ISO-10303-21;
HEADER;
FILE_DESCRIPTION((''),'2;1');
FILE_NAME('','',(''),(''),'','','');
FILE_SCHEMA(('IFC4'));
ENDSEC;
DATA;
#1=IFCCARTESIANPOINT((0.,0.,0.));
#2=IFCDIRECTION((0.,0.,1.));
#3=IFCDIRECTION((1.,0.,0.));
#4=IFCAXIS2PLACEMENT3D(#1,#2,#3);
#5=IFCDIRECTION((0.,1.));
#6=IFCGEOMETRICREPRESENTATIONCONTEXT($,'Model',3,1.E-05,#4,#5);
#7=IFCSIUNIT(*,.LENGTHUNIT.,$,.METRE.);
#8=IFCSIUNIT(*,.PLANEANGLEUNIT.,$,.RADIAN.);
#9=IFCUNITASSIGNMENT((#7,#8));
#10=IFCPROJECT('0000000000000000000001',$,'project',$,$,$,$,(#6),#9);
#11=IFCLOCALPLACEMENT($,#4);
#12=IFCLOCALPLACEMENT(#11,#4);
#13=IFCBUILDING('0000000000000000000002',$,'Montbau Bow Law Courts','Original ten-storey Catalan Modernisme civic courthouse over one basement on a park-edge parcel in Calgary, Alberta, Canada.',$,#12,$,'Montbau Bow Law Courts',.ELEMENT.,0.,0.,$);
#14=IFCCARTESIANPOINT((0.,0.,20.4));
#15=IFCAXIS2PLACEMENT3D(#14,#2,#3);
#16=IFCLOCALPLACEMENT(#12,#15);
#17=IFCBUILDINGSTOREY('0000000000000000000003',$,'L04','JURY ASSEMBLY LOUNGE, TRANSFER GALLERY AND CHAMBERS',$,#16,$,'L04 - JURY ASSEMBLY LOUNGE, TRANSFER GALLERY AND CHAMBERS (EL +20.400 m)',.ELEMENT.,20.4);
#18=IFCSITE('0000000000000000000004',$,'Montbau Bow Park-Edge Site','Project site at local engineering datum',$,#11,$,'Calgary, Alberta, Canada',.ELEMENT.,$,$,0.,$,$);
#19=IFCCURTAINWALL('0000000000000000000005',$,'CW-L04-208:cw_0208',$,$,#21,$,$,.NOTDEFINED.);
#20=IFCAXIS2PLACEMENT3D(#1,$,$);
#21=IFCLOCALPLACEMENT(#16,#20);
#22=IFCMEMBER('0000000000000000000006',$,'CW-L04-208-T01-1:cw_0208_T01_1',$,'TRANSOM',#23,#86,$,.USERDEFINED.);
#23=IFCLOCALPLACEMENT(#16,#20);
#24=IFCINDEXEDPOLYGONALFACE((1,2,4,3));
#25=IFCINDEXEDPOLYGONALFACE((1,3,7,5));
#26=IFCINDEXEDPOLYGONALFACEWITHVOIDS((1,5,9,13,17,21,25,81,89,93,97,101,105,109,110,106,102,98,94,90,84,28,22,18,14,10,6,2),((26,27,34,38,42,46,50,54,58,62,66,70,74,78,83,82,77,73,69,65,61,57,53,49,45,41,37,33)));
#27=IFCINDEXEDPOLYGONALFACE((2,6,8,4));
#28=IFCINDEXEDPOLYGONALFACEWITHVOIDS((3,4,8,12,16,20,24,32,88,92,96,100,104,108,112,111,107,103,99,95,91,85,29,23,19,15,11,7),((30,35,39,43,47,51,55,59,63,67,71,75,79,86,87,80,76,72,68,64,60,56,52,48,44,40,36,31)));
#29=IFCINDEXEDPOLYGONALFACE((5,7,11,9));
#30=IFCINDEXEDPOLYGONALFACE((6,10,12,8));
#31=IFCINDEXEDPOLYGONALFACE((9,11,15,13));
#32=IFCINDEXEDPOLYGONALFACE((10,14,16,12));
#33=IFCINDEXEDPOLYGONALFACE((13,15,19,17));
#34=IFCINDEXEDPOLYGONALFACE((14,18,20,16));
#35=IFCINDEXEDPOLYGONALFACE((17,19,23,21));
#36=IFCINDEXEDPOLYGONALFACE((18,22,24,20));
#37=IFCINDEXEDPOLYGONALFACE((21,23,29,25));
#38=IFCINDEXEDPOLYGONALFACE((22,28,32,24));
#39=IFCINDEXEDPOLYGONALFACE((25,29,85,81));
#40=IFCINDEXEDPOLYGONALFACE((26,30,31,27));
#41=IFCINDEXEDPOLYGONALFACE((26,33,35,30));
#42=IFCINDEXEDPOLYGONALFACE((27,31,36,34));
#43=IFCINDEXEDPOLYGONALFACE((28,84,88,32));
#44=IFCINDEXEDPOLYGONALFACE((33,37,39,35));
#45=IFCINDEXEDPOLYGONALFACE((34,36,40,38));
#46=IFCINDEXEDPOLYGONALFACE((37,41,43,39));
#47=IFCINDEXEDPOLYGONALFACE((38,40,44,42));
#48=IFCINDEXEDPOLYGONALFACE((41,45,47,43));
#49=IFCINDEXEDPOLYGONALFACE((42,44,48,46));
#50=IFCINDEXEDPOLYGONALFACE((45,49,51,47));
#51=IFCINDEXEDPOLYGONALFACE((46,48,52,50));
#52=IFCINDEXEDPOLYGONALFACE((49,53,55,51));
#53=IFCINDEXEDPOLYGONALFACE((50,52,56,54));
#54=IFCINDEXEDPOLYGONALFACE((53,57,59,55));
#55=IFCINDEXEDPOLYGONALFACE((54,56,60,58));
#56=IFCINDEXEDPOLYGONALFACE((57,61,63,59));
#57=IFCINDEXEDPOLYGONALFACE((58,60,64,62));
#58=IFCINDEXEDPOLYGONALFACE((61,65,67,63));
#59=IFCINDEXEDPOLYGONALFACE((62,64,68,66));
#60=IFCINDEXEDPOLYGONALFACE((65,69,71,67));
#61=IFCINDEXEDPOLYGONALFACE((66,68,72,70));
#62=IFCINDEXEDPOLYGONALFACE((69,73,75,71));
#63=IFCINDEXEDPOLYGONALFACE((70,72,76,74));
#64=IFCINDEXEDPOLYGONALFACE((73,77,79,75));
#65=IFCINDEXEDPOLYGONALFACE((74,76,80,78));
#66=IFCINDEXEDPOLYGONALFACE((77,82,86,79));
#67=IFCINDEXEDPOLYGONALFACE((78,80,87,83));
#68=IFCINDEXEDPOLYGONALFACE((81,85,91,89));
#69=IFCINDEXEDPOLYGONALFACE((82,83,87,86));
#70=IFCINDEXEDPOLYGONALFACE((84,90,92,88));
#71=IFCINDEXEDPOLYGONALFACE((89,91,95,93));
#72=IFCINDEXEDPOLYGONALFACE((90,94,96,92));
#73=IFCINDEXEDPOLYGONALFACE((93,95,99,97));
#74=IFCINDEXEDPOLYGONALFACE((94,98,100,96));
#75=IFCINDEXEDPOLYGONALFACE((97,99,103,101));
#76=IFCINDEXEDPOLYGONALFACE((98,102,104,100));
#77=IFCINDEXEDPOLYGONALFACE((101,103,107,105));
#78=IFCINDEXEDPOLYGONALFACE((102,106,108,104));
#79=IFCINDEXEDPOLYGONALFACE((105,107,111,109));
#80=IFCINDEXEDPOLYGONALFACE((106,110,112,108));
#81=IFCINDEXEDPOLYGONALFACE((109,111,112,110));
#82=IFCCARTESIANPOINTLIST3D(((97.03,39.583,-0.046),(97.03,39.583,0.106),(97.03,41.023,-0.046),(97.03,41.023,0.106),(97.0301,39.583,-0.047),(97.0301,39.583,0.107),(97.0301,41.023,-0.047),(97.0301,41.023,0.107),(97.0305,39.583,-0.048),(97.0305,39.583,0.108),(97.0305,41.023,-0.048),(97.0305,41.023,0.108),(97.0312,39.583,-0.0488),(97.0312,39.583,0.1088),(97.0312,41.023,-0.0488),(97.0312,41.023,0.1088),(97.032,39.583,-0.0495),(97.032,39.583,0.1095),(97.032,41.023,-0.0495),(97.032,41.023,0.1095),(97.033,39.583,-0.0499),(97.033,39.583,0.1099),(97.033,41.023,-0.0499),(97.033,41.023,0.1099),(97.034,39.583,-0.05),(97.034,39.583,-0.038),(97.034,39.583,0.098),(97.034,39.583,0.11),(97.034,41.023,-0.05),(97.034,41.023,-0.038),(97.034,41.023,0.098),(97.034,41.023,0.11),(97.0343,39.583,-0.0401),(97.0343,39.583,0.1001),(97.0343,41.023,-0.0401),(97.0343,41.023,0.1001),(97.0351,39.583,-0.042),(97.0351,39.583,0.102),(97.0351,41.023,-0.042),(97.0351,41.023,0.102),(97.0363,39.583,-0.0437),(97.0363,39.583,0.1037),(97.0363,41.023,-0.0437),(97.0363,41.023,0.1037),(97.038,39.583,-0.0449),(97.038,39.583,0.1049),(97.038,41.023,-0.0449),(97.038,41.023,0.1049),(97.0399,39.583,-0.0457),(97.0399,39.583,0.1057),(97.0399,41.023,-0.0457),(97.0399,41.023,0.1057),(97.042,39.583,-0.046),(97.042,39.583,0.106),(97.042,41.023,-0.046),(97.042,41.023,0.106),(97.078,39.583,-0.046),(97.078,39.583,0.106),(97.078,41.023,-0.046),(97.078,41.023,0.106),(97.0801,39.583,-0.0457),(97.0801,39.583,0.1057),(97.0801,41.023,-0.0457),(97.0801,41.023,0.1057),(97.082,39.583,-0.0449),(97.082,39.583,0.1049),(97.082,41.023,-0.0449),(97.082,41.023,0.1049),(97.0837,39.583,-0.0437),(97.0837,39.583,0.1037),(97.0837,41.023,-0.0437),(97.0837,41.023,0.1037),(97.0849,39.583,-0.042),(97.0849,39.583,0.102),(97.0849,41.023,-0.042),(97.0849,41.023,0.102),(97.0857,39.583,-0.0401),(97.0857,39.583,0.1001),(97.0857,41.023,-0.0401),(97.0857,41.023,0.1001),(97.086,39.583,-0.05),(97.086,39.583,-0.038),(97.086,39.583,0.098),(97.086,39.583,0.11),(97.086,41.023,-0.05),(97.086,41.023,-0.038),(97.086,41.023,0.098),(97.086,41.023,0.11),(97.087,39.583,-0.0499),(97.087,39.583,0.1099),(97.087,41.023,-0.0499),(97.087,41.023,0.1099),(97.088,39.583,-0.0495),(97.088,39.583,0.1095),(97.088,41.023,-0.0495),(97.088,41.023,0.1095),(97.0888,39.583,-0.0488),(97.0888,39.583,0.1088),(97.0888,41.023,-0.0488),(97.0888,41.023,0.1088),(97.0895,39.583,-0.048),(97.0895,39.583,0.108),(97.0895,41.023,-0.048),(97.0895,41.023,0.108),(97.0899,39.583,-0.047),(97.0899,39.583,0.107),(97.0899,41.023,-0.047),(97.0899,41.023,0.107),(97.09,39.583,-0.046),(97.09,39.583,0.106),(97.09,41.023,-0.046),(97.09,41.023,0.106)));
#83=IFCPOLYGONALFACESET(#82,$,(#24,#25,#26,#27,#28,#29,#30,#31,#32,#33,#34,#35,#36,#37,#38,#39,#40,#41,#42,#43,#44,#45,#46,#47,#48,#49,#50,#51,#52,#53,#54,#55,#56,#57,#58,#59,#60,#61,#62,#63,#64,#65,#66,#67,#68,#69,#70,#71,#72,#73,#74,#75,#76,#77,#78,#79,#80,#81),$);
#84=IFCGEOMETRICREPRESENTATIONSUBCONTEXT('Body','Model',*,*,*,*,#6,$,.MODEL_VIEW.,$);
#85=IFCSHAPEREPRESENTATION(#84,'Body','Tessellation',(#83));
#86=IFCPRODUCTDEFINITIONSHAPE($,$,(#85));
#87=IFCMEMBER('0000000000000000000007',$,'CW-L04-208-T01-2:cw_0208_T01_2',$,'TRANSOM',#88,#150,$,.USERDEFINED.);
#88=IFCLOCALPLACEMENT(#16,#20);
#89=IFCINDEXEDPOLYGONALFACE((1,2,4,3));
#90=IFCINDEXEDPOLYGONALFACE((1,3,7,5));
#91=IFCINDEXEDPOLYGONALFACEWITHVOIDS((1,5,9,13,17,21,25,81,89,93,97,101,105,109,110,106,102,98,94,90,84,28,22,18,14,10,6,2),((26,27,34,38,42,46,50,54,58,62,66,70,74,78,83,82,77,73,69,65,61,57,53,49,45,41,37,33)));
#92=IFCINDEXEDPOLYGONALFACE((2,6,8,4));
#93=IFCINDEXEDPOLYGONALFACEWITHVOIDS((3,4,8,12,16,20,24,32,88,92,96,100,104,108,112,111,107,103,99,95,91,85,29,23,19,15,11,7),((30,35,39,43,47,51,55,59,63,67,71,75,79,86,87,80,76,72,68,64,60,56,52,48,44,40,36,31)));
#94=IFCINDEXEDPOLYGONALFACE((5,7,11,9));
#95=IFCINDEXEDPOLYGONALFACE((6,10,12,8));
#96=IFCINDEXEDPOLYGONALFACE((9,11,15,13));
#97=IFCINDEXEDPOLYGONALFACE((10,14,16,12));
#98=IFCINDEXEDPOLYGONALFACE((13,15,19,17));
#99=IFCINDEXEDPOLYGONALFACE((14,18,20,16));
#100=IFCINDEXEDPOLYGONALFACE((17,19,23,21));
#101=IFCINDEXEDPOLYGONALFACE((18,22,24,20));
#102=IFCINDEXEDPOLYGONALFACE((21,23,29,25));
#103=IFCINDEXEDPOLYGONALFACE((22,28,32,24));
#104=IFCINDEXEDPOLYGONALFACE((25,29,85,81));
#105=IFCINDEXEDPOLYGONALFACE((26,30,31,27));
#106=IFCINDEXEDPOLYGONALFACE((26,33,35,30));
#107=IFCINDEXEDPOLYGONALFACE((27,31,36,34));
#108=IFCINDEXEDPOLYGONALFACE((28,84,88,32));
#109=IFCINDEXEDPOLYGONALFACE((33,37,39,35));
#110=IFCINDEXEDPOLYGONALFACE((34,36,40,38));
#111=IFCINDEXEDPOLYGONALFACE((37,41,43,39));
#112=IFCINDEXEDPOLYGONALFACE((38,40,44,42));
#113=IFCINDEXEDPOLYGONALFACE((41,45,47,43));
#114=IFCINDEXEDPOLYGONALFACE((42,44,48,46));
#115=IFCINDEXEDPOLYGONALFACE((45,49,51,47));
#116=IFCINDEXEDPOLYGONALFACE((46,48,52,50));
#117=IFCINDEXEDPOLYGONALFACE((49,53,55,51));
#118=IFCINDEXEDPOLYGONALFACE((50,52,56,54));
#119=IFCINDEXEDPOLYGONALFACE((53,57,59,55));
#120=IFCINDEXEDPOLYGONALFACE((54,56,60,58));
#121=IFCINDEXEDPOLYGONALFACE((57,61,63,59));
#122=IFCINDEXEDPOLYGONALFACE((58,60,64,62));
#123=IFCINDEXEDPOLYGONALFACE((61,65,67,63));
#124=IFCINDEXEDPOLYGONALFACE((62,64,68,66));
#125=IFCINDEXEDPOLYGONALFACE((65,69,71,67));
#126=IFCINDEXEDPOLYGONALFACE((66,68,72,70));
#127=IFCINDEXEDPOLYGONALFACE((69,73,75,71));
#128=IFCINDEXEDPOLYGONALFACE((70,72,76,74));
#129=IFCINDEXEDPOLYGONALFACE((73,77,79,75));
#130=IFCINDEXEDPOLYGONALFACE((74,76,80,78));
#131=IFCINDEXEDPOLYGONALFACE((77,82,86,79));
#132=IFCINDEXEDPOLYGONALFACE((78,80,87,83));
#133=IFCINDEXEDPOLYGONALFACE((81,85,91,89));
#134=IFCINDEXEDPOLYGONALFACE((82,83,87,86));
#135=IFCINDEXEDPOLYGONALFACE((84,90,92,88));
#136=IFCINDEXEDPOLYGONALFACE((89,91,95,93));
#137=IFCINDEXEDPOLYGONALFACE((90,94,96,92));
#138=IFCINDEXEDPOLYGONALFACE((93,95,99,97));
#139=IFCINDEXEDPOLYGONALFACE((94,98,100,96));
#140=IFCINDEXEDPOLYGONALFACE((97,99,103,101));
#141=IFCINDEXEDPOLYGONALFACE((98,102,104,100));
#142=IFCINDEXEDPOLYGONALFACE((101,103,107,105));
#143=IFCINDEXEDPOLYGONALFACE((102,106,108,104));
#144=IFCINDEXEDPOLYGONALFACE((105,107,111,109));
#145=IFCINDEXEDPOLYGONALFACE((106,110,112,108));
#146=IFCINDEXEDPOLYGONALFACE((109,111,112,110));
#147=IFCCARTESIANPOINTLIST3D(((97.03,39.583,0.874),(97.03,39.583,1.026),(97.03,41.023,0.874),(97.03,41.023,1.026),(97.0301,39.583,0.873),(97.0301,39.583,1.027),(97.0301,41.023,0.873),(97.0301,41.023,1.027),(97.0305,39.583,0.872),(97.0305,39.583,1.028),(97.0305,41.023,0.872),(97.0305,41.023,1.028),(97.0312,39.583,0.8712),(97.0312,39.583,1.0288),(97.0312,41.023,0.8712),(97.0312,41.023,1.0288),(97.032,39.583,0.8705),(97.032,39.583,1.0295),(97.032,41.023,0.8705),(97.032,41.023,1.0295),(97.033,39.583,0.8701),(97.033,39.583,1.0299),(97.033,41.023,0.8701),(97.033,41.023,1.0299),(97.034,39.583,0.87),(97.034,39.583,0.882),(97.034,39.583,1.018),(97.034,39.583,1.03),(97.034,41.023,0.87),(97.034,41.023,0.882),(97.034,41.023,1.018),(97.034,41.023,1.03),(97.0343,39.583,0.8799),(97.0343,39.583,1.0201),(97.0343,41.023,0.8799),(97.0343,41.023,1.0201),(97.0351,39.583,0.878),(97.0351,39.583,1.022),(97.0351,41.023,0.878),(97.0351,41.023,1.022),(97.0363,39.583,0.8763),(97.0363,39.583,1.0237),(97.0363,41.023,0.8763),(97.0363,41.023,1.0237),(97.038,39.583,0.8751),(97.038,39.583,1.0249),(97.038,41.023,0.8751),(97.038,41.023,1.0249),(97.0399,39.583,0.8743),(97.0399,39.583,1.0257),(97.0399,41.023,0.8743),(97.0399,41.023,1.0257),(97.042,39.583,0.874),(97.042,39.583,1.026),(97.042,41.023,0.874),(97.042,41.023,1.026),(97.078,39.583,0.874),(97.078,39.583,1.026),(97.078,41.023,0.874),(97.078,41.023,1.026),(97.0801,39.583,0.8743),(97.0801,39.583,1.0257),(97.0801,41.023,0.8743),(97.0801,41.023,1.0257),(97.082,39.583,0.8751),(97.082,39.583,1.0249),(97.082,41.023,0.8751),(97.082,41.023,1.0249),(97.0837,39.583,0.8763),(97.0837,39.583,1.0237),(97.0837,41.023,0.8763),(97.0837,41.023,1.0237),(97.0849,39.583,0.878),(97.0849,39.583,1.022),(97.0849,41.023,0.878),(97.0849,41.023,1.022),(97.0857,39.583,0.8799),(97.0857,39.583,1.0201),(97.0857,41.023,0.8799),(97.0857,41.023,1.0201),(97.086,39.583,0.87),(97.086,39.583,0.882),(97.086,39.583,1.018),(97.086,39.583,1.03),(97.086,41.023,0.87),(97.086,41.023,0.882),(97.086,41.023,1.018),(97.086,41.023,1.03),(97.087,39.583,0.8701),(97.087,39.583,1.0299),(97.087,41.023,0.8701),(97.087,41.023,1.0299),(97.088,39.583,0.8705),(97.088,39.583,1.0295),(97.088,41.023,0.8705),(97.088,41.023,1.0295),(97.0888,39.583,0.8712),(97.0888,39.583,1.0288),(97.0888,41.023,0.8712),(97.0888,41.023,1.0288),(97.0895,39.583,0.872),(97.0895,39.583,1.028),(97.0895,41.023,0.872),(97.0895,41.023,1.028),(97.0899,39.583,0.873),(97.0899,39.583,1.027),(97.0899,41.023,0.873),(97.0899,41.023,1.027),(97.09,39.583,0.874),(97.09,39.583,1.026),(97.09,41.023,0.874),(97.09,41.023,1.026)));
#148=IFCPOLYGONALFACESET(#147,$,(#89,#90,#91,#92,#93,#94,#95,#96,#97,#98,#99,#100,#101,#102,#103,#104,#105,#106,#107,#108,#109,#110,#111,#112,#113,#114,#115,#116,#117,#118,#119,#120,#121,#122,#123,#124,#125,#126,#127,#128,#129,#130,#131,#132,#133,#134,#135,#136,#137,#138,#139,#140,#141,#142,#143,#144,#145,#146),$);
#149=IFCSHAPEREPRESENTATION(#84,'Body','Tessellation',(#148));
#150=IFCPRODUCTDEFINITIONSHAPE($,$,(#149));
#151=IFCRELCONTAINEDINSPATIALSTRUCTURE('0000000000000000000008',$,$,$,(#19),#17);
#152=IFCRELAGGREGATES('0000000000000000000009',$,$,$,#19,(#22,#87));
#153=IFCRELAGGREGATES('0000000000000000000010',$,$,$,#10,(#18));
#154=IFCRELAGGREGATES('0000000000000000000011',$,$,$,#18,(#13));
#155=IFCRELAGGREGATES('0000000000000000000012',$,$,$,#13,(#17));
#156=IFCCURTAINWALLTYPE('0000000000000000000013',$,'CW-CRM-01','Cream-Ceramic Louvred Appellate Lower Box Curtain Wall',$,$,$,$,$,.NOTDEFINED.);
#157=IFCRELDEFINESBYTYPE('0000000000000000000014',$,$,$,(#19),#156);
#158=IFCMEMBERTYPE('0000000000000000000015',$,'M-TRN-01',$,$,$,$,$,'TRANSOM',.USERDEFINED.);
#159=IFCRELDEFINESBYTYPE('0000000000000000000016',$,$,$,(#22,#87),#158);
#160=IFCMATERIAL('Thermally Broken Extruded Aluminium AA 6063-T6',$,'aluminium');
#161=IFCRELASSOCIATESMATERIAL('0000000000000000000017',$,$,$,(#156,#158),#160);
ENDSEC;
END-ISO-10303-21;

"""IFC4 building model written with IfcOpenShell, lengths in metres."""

from ifc_helpers import new_model, si_unit, direction, frame, origin_with_axes, origin_2d_with_axis, place, context, subcontext, project, spatial, hollow_rectangle, extrude, material, material_profile, profile_set, type_object, element, aggregate, save


model = new_model("IFC4")

# Units and contexts
model_context = context("Model", 3, precision=1e-05, world=origin_with_axes(), true_north=direction((0.0, 1.0)))
body_context = subcontext(model_context, "Body", "Model", "MODEL_VIEW")
ifc_project = project(units=[si_unit("LENGTHUNIT", "METRE"), si_unit("PLANEANGLEUNIT", "RADIAN")], contexts=[model_context])

# Site, building, storey
site_placement = place(None, origin_with_axes())
site = spatial("IfcSite", under=ifc_project, at=site_placement, Name="Montbau Bow Park-Edge Site", Description="Project site at local engineering datum", LongName="Calgary, Alberta, Canada", CompositionType="ELEMENT", RefElevation=0.0)
building_placement = place(site_placement, origin_with_axes())
building = spatial("IfcBuilding", under=site, at=building_placement, Name="Montbau Bow Law Courts", Description="Original ten-storey Catalan Modernisme civic courthouse over one basement on a park-edge parcel in Calgary, Alberta, Canada.", LongName="Montbau Bow Law Courts", CompositionType="ELEMENT", ElevationOfRefHeight=0.0, ElevationOfTerrain=0.0)
storey_placement = place(building_placement, frame((0.0, 0.0, 20.4), z_axis=(0.0, 0.0, 1.0), x_axis=(1.0, 0.0, 0.0)))
storey = spatial("IfcBuildingStorey", under=building, at=storey_placement, Name="L04", Description="JURY ASSEMBLY LOUNGE, TRANSFER GALLERY AND CHAMBERS", LongName="L04 - JURY ASSEMBLY LOUNGE, TRANSFER GALLERY AND CHAMBERS (EL +20.400 m)", CompositionType="ELEMENT", Elevation=20.4)

# Curtain wall
ifc_material_1 = material(Name="Thermally Broken Extruded Aluminium AA 6063-T6", Category="aluminium")
curtain_wall_type = type_object("IfcCurtainWallType", Name="CW-CRM-01", Description="Cream-Ceramic Louvred Appellate Lower Box Curtain Wall", PredefinedType="NOTDEFINED", material=ifc_material_1)
curtain_wall_1_placement = place(None, frame((97.06, 39.515, 20.4), z_axis=(0.0, 0.0, 1.0), x_axis=(1.0, 0.0, 0.0)))
curtain_wall_1 = element("IfcCurtainWall", 1, at=curtain_wall_1_placement, inside=storey, type_object=curtain_wall_type, Name="CW-L04-208:cw_0208", PredefinedType="NOTDEFINED")

# Members
ifc_material_profile_1 = material_profile(ifc_material_1, hollow_rectangle(XDim=0.06, YDim=0.16, WallThickness=0.004, InnerFilletRadius=0.008, OuterFilletRadius=0.004, at=origin_2d_with_axis()), Name="CWT-160X60", Category="Main", Priority=0)
ifc_profile_set_1 = profile_set([ifc_material_profile_1], Name="Thermally Broken Extruded Aluminium AA 6063-T6")
member_type_1 = type_object("IfcMemberType", Name="M-TRN-01", ElementType="TRANSOM", PredefinedType="USERDEFINED", material=ifc_profile_set_1)
member_1_placement = place(None, frame((97.06, 39.583, 20.43), z_axis=(0.0, 1.0, 0.0), x_axis=(-1.0, 0.0, 0.0)))
member_1 = element("IfcMember", 2, at=member_1_placement, type_object=member_type_1, Name="CW-L04-208-T01-1:cw_0208_T01_1", ObjectType="TRANSOM", PredefinedType="USERDEFINED", context=body_context, shape_type="SweptSolid", body=[
    extrude(hollow_rectangle(XDim=0.06, YDim=0.16, WallThickness=0.004, InnerFilletRadius=0.008, OuterFilletRadius=0.004, at=origin_2d_with_axis()), origin_with_axes(), (0.0, 0.0, 1.0), 1.44),
])
member_2_placement = place(None, frame((97.06, 39.583, 21.35), z_axis=(0.0, 1.0, 0.0), x_axis=(-1.0, 0.0, 0.0)))
member_2 = element("IfcMember", 3, at=member_2_placement, type_object=member_type_1, Name="CW-L04-208-T01-2:cw_0208_T01_2", ObjectType="TRANSOM", PredefinedType="USERDEFINED", context=body_context, shape_type="SweptSolid", body=[
    extrude(hollow_rectangle(XDim=0.06, YDim=0.16, WallThickness=0.004, InnerFilletRadius=0.008, OuterFilletRadius=0.004, at=origin_2d_with_axis()), origin_with_axes(), (0.0, 0.0, 1.0), 1.44),
])

aggregate(curtain_wall_1, [member_1, member_2])

save(model, "model.ifc")
